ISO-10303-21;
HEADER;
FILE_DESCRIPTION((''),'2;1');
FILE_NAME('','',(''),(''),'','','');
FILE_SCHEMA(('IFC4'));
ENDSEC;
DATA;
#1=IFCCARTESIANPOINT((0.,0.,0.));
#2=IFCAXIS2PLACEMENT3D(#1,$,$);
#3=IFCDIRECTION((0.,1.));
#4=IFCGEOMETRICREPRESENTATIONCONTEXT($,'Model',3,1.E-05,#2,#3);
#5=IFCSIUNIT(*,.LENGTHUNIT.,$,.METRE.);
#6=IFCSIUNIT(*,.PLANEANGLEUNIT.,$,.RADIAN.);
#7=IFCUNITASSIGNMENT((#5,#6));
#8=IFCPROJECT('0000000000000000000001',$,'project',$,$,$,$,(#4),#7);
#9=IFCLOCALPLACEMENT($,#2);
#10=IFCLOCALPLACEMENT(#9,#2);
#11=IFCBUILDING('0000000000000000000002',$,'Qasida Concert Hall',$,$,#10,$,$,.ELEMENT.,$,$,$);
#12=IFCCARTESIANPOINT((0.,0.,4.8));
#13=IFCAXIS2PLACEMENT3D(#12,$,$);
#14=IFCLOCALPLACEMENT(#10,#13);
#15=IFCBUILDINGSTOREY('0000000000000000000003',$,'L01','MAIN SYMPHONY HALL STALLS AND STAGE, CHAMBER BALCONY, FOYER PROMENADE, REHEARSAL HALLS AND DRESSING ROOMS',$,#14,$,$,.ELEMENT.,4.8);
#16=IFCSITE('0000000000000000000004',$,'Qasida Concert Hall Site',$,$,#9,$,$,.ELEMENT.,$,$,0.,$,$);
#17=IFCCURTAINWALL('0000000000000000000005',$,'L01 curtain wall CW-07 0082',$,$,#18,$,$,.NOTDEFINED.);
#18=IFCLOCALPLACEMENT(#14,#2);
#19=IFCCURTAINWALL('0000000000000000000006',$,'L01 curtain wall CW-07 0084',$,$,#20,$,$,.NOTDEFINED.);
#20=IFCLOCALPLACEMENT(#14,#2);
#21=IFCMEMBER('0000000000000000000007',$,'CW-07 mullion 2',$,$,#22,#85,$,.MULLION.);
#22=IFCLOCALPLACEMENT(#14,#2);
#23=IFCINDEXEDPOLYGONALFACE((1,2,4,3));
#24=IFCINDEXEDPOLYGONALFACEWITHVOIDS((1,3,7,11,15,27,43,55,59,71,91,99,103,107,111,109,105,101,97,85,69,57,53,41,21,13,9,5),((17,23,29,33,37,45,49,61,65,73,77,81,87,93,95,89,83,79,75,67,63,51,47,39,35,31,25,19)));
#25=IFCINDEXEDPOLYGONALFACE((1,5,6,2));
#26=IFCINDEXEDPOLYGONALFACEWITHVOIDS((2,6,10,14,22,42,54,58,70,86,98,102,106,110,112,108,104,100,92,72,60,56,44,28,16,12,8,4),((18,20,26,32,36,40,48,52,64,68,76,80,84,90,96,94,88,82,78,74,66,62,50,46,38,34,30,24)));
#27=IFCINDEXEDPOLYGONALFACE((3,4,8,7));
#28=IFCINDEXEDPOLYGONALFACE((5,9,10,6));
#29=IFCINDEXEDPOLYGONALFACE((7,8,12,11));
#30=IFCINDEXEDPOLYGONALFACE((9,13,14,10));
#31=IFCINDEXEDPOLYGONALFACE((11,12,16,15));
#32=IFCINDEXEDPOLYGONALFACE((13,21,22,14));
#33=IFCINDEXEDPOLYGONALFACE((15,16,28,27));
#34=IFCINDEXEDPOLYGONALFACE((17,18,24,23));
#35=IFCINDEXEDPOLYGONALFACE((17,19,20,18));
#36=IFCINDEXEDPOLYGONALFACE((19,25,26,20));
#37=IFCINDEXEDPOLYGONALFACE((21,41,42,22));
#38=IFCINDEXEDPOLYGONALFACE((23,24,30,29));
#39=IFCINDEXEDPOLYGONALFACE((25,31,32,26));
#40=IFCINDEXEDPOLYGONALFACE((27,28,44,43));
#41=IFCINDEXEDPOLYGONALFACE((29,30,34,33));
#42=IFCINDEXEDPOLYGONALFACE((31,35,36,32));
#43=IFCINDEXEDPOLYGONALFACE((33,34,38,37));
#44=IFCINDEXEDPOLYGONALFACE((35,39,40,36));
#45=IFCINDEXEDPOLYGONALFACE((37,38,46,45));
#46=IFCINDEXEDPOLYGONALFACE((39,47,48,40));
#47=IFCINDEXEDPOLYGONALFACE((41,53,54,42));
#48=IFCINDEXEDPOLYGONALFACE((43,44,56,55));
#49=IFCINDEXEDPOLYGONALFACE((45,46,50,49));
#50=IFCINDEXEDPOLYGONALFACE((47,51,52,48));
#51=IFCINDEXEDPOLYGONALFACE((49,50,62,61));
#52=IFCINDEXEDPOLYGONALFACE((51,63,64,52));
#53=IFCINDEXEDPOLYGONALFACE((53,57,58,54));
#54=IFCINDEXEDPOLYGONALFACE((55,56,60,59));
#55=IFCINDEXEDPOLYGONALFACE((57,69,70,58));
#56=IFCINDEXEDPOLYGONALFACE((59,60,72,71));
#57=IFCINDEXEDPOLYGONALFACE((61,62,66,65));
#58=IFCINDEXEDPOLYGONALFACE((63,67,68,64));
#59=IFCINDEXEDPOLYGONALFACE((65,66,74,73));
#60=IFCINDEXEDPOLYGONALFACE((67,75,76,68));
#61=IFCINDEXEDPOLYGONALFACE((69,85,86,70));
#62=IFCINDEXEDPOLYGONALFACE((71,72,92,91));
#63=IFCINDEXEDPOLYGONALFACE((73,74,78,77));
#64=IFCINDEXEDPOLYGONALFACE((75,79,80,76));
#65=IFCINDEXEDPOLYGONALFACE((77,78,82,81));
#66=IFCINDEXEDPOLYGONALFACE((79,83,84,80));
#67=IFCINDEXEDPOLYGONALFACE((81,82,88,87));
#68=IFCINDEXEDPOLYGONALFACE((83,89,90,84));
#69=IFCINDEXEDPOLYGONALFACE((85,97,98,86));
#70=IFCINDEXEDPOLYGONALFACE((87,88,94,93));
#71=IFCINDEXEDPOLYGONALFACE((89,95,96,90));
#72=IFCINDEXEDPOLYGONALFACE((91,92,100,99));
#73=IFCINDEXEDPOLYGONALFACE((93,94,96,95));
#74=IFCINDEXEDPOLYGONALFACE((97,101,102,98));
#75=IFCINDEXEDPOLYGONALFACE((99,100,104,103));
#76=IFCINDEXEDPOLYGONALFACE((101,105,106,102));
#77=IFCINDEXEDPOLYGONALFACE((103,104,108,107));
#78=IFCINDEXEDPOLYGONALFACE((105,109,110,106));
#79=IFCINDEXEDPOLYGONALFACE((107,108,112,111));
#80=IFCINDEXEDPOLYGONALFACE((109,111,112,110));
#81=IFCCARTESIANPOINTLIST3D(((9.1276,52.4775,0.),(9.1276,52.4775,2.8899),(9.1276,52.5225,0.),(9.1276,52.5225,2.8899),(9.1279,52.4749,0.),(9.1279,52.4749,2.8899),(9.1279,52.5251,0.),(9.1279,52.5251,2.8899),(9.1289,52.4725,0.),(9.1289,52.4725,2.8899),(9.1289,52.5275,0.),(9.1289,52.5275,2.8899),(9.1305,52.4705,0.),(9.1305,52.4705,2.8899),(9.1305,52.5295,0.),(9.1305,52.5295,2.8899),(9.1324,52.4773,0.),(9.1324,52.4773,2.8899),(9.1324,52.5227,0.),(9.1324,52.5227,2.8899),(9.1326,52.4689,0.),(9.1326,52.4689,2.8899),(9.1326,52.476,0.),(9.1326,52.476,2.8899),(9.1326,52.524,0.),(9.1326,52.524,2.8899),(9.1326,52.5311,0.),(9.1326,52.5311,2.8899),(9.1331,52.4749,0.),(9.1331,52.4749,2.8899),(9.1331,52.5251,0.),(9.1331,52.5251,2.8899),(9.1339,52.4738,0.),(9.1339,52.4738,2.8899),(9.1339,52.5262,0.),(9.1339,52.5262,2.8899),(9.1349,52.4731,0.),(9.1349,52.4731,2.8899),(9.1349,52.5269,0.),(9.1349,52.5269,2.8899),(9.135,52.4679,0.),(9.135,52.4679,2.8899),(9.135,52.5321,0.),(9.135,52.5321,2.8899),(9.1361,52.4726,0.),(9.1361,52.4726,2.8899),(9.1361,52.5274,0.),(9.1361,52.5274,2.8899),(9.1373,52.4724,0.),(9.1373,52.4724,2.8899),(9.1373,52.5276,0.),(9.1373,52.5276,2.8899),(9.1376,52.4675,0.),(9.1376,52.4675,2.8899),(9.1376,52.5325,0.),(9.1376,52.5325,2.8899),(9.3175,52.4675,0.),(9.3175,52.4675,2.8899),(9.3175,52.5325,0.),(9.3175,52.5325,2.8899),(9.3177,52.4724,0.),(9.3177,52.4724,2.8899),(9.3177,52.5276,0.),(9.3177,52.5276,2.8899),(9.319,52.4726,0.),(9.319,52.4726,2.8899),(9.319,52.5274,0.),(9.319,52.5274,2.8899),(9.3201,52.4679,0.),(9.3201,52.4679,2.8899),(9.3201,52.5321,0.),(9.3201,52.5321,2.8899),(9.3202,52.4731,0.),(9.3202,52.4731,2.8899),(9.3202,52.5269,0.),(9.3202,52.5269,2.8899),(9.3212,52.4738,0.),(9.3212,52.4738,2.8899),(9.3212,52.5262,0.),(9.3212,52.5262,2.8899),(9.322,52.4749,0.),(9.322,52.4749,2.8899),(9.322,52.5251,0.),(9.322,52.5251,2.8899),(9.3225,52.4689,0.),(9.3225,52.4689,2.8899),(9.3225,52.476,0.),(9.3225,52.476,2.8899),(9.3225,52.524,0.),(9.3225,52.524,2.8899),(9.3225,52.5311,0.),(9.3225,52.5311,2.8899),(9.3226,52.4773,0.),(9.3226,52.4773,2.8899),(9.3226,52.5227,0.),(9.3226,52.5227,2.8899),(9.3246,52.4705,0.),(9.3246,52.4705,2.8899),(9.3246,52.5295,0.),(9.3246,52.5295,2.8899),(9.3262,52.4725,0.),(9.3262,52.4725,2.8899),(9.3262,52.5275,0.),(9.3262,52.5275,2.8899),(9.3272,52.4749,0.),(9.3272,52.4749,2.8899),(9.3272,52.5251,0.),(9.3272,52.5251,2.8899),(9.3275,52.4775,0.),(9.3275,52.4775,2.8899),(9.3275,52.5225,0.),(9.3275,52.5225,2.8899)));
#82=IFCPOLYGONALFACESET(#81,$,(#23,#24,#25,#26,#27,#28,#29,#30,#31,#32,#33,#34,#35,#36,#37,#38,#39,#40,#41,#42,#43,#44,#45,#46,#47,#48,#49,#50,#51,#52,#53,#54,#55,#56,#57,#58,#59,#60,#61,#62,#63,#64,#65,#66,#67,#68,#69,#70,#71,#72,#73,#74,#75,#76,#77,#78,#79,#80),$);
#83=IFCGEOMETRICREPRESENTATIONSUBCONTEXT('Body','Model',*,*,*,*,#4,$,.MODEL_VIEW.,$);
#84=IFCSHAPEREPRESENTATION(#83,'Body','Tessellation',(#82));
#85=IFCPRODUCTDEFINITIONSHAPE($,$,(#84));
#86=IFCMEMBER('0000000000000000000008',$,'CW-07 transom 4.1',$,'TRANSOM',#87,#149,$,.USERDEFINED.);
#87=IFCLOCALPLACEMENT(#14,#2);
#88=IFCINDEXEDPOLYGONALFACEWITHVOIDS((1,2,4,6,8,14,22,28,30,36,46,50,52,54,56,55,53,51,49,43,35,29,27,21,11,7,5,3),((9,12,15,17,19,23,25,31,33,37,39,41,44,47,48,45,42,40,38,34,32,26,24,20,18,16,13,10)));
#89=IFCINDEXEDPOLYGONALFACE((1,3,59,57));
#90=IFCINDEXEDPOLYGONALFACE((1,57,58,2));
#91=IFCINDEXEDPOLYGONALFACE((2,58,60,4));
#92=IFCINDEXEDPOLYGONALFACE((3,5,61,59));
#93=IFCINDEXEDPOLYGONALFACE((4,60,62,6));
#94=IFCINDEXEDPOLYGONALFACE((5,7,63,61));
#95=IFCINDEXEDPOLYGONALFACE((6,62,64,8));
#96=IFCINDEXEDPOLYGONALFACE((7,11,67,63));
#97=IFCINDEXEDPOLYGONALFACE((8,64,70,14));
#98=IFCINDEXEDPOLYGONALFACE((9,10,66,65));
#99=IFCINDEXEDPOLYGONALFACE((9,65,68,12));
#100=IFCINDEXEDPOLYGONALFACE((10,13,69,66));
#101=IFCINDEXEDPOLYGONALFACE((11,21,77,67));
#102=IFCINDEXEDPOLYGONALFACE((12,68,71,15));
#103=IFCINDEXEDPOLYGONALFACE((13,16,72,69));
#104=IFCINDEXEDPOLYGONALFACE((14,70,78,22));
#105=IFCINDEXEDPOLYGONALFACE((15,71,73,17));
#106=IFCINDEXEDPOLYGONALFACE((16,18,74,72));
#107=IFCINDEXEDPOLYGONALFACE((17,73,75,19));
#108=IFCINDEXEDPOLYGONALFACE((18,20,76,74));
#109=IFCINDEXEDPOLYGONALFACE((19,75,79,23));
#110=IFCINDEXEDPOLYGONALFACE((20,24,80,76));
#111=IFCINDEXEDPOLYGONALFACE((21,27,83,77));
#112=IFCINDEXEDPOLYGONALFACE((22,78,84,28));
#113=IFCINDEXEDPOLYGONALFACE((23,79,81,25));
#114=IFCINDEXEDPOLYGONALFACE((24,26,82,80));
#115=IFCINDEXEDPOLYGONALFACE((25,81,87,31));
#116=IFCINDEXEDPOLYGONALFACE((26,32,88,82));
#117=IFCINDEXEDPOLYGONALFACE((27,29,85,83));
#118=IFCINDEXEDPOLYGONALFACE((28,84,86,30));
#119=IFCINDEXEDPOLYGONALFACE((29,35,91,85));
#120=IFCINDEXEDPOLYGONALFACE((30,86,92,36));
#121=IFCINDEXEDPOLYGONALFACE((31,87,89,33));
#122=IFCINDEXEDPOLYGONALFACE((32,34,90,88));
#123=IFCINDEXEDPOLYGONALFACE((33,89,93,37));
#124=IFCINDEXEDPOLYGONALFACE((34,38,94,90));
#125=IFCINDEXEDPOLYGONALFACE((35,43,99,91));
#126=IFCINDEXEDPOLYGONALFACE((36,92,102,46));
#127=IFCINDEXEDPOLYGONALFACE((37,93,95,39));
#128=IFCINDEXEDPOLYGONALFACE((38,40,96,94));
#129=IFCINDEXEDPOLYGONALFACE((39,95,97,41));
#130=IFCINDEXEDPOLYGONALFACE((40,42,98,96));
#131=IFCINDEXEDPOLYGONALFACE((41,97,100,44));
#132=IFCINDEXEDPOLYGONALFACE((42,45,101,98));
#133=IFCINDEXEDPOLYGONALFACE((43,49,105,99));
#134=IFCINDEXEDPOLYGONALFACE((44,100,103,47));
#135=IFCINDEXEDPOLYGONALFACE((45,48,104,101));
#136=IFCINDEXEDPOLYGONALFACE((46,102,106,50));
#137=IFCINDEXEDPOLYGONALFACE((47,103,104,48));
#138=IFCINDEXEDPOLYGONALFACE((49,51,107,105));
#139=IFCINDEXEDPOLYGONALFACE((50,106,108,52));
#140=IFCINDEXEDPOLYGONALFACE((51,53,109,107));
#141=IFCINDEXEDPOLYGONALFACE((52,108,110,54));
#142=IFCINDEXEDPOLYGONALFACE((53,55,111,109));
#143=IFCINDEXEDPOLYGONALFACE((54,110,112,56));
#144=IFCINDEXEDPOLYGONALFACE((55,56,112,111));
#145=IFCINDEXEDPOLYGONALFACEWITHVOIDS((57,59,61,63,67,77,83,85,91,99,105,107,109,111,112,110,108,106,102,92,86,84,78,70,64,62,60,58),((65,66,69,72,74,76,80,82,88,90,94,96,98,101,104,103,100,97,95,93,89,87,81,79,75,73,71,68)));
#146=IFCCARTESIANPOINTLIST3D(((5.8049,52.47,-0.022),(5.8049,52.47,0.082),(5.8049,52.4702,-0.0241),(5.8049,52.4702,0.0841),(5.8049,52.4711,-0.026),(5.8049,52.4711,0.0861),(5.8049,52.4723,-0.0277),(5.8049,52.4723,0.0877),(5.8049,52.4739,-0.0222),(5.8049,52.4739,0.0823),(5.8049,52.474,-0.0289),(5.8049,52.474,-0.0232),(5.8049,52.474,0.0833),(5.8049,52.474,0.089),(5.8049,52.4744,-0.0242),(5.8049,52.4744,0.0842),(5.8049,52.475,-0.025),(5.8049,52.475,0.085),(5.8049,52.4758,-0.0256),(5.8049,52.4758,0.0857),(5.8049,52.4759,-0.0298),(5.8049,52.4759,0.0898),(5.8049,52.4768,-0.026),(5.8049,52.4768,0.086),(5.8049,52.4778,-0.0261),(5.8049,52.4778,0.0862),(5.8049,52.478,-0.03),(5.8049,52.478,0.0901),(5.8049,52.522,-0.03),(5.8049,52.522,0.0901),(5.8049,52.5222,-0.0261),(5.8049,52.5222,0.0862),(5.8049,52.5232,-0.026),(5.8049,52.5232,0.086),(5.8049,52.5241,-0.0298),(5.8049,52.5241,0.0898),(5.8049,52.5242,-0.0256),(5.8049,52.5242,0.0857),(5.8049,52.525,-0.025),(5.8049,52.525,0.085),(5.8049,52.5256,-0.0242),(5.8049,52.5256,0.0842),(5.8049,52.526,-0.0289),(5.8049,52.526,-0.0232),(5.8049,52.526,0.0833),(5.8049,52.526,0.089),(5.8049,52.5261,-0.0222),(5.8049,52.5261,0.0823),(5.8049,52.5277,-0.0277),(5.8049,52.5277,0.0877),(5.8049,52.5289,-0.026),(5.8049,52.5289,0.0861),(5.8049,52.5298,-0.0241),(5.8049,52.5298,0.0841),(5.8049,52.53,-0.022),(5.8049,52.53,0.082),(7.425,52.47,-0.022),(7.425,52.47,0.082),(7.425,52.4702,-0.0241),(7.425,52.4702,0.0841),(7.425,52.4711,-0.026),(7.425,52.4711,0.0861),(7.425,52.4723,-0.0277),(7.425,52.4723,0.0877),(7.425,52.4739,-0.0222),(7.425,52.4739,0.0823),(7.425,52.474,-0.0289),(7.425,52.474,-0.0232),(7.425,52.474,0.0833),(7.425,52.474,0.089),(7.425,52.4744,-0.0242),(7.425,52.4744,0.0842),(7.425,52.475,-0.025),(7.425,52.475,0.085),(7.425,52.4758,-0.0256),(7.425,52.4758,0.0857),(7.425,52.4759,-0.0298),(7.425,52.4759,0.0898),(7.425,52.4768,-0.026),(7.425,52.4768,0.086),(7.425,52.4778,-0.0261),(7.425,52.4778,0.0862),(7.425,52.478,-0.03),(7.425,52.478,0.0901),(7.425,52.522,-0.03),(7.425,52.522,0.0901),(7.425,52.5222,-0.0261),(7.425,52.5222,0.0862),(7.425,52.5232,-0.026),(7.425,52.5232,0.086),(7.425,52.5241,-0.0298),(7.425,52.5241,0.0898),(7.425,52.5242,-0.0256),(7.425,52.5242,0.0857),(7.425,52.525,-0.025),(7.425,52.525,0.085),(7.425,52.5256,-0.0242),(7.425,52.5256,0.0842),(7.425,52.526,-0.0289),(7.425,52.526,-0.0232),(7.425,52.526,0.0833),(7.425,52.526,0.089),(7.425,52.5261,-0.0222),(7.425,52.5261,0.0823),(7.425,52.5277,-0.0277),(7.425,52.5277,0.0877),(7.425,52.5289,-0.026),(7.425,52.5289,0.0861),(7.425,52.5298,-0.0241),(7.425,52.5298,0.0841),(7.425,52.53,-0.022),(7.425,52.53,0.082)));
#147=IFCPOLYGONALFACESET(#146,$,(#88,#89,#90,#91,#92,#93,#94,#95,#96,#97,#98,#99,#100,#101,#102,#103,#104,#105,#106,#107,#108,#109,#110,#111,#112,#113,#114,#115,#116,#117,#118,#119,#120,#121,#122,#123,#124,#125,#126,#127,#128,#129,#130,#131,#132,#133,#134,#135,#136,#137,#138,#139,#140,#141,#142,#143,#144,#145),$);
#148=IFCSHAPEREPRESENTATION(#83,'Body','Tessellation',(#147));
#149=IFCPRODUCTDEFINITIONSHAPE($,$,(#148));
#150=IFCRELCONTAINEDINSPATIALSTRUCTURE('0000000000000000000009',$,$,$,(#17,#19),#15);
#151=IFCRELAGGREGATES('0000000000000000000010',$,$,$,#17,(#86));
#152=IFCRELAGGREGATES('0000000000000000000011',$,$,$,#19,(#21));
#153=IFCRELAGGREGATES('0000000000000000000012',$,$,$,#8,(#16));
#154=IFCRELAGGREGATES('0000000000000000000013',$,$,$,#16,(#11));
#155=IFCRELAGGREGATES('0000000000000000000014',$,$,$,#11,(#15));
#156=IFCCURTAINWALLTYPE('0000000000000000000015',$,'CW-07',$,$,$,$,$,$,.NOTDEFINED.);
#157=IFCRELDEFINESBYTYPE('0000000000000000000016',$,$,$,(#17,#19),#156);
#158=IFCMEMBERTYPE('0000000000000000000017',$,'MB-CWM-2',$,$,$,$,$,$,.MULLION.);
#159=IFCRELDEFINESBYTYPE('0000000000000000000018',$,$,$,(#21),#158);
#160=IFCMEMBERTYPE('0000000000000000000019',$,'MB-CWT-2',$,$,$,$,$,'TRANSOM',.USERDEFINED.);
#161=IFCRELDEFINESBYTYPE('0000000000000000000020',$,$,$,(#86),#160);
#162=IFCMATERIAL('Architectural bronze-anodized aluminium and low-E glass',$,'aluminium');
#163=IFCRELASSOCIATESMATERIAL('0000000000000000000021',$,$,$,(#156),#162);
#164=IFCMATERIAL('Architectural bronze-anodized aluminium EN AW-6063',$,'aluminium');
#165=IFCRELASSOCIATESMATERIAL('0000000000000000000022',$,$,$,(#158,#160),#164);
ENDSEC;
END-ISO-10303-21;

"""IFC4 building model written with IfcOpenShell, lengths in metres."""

from ifc_helpers import new_model, si_unit, direction, frame, origin, origin_2d, place, context, subcontext, project, spatial, hollow_rectangle, extrude, material, material_profile, profile_set, type_object, element, aggregate, save


model = new_model("IFC4")

# Units and contexts
model_context = context("Model", 3, precision=1e-05, world=origin(), true_north=direction((0.0, 1.0)))
body_context = subcontext(model_context, "Body", "Model", "MODEL_VIEW")
ifc_project = project(units=[si_unit("LENGTHUNIT", "METRE"), si_unit("PLANEANGLEUNIT", "RADIAN")], contexts=[model_context])

# Site, building, storey
site_placement = place(None, origin())
site = spatial("IfcSite", under=ifc_project, at=site_placement, Name="Qasida Concert Hall Site", CompositionType="ELEMENT", RefElevation=0.0)
building_placement = place(site_placement, origin())
building = spatial("IfcBuilding", under=site, at=building_placement, Name="Qasida Concert Hall", CompositionType="ELEMENT")
storey_placement = place(building_placement, frame((0.0, 0.0, 4.8)))
storey = spatial("IfcBuildingStorey", under=building, at=storey_placement, Name="L01", Description="MAIN SYMPHONY HALL STALLS AND STAGE, CHAMBER BALCONY, FOYER PROMENADE, REHEARSAL HALLS AND DRESSING ROOMS", CompositionType="ELEMENT", Elevation=4.8)

# Curtain wall
ifc_material_1 = material(Name="Architectural bronze-anodized aluminium and low-E glass", Category="aluminium")
curtain_wall_type = type_object("IfcCurtainWallType", Name="CW-07", PredefinedType="NOTDEFINED", material=ifc_material_1)
curtain_wall_1_placement = place(storey_placement, origin())
curtain_wall_1 = element("IfcCurtainWall", 1, at=curtain_wall_1_placement, inside=storey, type_object=curtain_wall_type, Name="L01 curtain wall CW-07 0082", PredefinedType="NOTDEFINED")
ifc_material_2 = material(Name="Architectural bronze-anodized aluminium EN AW-6063", Category="aluminium")
ifc_material_profile_1 = material_profile(ifc_material_2, hollow_rectangle(XDim=0.0649, YDim=0.2, WallThickness=0.0049, InnerFilletRadius=0.0049, OuterFilletRadius=0.01, at=origin_2d()), Name="CWM 200x65x5")
ifc_profile_set_1 = profile_set([ifc_material_profile_1], Name="Architectural bronze-anodized aluminium EN AW-6063")
member_type_1 = type_object("IfcMemberType", Name="MB-CWM-2", PredefinedType="MULLION", material=ifc_profile_set_1)

# Curtain wall, member
curtain_wall_2_placement = place(storey_placement, origin())
curtain_wall_2 = element("IfcCurtainWall", 2, at=curtain_wall_2_placement, inside=storey, type_object=curtain_wall_type, Name="L01 curtain wall CW-07 0084", PredefinedType="NOTDEFINED")
member_1_placement = place(storey_placement, frame((9.2275, 52.5, 0.0), z_axis=(0.0, 0.0, 1.0), x_axis=(0.0, 1.0, 0.0)))
member_1 = element("IfcMember", 3, at=member_1_placement, type_object=member_type_1, Name="CW-07 mullion 2", PredefinedType="MULLION", context=body_context, shape_type="SweptSolid", body=[
    extrude(hollow_rectangle(XDim=0.0649, YDim=0.2, WallThickness=0.0049, InnerFilletRadius=0.0049, OuterFilletRadius=0.01, at=origin_2d()), origin(), (0.0, 0.0, 1.0), 2.8899),
])

# Member
ifc_material_profile_2 = material_profile(ifc_material_2, hollow_rectangle(XDim=0.0601, YDim=0.1201, WallThickness=0.0039, InnerFilletRadius=0.0039, OuterFilletRadius=0.0081, at=origin_2d()), Name="CWT 120x60x4")
ifc_profile_set_2 = profile_set([ifc_material_profile_2], Name="Architectural bronze-anodized aluminium EN AW-6063")
member_type_2 = type_object("IfcMemberType", Name="MB-CWT-2", ElementType="TRANSOM", PredefinedType="USERDEFINED", material=ifc_profile_set_2)
member_2_placement = place(storey_placement, frame((5.8049, 52.5, 0.03), z_axis=(1.0, 0.0, 0.0), x_axis=(0.0, 1.0, 0.0)))
member_2 = element("IfcMember", 4, at=member_2_placement, type_object=member_type_2, Name="CW-07 transom 4.1", ObjectType="TRANSOM", PredefinedType="USERDEFINED", context=body_context, shape_type="SweptSolid", body=[
    extrude(hollow_rectangle(XDim=0.0601, YDim=0.1201, WallThickness=0.0039, InnerFilletRadius=0.0039, OuterFilletRadius=0.0081, at=origin_2d()), origin(), (0.0, 0.0, 1.0), 1.6201),
])

aggregate(curtain_wall_1, [member_2])
aggregate(curtain_wall_2, [member_1])

save(model, "model.ifc")
